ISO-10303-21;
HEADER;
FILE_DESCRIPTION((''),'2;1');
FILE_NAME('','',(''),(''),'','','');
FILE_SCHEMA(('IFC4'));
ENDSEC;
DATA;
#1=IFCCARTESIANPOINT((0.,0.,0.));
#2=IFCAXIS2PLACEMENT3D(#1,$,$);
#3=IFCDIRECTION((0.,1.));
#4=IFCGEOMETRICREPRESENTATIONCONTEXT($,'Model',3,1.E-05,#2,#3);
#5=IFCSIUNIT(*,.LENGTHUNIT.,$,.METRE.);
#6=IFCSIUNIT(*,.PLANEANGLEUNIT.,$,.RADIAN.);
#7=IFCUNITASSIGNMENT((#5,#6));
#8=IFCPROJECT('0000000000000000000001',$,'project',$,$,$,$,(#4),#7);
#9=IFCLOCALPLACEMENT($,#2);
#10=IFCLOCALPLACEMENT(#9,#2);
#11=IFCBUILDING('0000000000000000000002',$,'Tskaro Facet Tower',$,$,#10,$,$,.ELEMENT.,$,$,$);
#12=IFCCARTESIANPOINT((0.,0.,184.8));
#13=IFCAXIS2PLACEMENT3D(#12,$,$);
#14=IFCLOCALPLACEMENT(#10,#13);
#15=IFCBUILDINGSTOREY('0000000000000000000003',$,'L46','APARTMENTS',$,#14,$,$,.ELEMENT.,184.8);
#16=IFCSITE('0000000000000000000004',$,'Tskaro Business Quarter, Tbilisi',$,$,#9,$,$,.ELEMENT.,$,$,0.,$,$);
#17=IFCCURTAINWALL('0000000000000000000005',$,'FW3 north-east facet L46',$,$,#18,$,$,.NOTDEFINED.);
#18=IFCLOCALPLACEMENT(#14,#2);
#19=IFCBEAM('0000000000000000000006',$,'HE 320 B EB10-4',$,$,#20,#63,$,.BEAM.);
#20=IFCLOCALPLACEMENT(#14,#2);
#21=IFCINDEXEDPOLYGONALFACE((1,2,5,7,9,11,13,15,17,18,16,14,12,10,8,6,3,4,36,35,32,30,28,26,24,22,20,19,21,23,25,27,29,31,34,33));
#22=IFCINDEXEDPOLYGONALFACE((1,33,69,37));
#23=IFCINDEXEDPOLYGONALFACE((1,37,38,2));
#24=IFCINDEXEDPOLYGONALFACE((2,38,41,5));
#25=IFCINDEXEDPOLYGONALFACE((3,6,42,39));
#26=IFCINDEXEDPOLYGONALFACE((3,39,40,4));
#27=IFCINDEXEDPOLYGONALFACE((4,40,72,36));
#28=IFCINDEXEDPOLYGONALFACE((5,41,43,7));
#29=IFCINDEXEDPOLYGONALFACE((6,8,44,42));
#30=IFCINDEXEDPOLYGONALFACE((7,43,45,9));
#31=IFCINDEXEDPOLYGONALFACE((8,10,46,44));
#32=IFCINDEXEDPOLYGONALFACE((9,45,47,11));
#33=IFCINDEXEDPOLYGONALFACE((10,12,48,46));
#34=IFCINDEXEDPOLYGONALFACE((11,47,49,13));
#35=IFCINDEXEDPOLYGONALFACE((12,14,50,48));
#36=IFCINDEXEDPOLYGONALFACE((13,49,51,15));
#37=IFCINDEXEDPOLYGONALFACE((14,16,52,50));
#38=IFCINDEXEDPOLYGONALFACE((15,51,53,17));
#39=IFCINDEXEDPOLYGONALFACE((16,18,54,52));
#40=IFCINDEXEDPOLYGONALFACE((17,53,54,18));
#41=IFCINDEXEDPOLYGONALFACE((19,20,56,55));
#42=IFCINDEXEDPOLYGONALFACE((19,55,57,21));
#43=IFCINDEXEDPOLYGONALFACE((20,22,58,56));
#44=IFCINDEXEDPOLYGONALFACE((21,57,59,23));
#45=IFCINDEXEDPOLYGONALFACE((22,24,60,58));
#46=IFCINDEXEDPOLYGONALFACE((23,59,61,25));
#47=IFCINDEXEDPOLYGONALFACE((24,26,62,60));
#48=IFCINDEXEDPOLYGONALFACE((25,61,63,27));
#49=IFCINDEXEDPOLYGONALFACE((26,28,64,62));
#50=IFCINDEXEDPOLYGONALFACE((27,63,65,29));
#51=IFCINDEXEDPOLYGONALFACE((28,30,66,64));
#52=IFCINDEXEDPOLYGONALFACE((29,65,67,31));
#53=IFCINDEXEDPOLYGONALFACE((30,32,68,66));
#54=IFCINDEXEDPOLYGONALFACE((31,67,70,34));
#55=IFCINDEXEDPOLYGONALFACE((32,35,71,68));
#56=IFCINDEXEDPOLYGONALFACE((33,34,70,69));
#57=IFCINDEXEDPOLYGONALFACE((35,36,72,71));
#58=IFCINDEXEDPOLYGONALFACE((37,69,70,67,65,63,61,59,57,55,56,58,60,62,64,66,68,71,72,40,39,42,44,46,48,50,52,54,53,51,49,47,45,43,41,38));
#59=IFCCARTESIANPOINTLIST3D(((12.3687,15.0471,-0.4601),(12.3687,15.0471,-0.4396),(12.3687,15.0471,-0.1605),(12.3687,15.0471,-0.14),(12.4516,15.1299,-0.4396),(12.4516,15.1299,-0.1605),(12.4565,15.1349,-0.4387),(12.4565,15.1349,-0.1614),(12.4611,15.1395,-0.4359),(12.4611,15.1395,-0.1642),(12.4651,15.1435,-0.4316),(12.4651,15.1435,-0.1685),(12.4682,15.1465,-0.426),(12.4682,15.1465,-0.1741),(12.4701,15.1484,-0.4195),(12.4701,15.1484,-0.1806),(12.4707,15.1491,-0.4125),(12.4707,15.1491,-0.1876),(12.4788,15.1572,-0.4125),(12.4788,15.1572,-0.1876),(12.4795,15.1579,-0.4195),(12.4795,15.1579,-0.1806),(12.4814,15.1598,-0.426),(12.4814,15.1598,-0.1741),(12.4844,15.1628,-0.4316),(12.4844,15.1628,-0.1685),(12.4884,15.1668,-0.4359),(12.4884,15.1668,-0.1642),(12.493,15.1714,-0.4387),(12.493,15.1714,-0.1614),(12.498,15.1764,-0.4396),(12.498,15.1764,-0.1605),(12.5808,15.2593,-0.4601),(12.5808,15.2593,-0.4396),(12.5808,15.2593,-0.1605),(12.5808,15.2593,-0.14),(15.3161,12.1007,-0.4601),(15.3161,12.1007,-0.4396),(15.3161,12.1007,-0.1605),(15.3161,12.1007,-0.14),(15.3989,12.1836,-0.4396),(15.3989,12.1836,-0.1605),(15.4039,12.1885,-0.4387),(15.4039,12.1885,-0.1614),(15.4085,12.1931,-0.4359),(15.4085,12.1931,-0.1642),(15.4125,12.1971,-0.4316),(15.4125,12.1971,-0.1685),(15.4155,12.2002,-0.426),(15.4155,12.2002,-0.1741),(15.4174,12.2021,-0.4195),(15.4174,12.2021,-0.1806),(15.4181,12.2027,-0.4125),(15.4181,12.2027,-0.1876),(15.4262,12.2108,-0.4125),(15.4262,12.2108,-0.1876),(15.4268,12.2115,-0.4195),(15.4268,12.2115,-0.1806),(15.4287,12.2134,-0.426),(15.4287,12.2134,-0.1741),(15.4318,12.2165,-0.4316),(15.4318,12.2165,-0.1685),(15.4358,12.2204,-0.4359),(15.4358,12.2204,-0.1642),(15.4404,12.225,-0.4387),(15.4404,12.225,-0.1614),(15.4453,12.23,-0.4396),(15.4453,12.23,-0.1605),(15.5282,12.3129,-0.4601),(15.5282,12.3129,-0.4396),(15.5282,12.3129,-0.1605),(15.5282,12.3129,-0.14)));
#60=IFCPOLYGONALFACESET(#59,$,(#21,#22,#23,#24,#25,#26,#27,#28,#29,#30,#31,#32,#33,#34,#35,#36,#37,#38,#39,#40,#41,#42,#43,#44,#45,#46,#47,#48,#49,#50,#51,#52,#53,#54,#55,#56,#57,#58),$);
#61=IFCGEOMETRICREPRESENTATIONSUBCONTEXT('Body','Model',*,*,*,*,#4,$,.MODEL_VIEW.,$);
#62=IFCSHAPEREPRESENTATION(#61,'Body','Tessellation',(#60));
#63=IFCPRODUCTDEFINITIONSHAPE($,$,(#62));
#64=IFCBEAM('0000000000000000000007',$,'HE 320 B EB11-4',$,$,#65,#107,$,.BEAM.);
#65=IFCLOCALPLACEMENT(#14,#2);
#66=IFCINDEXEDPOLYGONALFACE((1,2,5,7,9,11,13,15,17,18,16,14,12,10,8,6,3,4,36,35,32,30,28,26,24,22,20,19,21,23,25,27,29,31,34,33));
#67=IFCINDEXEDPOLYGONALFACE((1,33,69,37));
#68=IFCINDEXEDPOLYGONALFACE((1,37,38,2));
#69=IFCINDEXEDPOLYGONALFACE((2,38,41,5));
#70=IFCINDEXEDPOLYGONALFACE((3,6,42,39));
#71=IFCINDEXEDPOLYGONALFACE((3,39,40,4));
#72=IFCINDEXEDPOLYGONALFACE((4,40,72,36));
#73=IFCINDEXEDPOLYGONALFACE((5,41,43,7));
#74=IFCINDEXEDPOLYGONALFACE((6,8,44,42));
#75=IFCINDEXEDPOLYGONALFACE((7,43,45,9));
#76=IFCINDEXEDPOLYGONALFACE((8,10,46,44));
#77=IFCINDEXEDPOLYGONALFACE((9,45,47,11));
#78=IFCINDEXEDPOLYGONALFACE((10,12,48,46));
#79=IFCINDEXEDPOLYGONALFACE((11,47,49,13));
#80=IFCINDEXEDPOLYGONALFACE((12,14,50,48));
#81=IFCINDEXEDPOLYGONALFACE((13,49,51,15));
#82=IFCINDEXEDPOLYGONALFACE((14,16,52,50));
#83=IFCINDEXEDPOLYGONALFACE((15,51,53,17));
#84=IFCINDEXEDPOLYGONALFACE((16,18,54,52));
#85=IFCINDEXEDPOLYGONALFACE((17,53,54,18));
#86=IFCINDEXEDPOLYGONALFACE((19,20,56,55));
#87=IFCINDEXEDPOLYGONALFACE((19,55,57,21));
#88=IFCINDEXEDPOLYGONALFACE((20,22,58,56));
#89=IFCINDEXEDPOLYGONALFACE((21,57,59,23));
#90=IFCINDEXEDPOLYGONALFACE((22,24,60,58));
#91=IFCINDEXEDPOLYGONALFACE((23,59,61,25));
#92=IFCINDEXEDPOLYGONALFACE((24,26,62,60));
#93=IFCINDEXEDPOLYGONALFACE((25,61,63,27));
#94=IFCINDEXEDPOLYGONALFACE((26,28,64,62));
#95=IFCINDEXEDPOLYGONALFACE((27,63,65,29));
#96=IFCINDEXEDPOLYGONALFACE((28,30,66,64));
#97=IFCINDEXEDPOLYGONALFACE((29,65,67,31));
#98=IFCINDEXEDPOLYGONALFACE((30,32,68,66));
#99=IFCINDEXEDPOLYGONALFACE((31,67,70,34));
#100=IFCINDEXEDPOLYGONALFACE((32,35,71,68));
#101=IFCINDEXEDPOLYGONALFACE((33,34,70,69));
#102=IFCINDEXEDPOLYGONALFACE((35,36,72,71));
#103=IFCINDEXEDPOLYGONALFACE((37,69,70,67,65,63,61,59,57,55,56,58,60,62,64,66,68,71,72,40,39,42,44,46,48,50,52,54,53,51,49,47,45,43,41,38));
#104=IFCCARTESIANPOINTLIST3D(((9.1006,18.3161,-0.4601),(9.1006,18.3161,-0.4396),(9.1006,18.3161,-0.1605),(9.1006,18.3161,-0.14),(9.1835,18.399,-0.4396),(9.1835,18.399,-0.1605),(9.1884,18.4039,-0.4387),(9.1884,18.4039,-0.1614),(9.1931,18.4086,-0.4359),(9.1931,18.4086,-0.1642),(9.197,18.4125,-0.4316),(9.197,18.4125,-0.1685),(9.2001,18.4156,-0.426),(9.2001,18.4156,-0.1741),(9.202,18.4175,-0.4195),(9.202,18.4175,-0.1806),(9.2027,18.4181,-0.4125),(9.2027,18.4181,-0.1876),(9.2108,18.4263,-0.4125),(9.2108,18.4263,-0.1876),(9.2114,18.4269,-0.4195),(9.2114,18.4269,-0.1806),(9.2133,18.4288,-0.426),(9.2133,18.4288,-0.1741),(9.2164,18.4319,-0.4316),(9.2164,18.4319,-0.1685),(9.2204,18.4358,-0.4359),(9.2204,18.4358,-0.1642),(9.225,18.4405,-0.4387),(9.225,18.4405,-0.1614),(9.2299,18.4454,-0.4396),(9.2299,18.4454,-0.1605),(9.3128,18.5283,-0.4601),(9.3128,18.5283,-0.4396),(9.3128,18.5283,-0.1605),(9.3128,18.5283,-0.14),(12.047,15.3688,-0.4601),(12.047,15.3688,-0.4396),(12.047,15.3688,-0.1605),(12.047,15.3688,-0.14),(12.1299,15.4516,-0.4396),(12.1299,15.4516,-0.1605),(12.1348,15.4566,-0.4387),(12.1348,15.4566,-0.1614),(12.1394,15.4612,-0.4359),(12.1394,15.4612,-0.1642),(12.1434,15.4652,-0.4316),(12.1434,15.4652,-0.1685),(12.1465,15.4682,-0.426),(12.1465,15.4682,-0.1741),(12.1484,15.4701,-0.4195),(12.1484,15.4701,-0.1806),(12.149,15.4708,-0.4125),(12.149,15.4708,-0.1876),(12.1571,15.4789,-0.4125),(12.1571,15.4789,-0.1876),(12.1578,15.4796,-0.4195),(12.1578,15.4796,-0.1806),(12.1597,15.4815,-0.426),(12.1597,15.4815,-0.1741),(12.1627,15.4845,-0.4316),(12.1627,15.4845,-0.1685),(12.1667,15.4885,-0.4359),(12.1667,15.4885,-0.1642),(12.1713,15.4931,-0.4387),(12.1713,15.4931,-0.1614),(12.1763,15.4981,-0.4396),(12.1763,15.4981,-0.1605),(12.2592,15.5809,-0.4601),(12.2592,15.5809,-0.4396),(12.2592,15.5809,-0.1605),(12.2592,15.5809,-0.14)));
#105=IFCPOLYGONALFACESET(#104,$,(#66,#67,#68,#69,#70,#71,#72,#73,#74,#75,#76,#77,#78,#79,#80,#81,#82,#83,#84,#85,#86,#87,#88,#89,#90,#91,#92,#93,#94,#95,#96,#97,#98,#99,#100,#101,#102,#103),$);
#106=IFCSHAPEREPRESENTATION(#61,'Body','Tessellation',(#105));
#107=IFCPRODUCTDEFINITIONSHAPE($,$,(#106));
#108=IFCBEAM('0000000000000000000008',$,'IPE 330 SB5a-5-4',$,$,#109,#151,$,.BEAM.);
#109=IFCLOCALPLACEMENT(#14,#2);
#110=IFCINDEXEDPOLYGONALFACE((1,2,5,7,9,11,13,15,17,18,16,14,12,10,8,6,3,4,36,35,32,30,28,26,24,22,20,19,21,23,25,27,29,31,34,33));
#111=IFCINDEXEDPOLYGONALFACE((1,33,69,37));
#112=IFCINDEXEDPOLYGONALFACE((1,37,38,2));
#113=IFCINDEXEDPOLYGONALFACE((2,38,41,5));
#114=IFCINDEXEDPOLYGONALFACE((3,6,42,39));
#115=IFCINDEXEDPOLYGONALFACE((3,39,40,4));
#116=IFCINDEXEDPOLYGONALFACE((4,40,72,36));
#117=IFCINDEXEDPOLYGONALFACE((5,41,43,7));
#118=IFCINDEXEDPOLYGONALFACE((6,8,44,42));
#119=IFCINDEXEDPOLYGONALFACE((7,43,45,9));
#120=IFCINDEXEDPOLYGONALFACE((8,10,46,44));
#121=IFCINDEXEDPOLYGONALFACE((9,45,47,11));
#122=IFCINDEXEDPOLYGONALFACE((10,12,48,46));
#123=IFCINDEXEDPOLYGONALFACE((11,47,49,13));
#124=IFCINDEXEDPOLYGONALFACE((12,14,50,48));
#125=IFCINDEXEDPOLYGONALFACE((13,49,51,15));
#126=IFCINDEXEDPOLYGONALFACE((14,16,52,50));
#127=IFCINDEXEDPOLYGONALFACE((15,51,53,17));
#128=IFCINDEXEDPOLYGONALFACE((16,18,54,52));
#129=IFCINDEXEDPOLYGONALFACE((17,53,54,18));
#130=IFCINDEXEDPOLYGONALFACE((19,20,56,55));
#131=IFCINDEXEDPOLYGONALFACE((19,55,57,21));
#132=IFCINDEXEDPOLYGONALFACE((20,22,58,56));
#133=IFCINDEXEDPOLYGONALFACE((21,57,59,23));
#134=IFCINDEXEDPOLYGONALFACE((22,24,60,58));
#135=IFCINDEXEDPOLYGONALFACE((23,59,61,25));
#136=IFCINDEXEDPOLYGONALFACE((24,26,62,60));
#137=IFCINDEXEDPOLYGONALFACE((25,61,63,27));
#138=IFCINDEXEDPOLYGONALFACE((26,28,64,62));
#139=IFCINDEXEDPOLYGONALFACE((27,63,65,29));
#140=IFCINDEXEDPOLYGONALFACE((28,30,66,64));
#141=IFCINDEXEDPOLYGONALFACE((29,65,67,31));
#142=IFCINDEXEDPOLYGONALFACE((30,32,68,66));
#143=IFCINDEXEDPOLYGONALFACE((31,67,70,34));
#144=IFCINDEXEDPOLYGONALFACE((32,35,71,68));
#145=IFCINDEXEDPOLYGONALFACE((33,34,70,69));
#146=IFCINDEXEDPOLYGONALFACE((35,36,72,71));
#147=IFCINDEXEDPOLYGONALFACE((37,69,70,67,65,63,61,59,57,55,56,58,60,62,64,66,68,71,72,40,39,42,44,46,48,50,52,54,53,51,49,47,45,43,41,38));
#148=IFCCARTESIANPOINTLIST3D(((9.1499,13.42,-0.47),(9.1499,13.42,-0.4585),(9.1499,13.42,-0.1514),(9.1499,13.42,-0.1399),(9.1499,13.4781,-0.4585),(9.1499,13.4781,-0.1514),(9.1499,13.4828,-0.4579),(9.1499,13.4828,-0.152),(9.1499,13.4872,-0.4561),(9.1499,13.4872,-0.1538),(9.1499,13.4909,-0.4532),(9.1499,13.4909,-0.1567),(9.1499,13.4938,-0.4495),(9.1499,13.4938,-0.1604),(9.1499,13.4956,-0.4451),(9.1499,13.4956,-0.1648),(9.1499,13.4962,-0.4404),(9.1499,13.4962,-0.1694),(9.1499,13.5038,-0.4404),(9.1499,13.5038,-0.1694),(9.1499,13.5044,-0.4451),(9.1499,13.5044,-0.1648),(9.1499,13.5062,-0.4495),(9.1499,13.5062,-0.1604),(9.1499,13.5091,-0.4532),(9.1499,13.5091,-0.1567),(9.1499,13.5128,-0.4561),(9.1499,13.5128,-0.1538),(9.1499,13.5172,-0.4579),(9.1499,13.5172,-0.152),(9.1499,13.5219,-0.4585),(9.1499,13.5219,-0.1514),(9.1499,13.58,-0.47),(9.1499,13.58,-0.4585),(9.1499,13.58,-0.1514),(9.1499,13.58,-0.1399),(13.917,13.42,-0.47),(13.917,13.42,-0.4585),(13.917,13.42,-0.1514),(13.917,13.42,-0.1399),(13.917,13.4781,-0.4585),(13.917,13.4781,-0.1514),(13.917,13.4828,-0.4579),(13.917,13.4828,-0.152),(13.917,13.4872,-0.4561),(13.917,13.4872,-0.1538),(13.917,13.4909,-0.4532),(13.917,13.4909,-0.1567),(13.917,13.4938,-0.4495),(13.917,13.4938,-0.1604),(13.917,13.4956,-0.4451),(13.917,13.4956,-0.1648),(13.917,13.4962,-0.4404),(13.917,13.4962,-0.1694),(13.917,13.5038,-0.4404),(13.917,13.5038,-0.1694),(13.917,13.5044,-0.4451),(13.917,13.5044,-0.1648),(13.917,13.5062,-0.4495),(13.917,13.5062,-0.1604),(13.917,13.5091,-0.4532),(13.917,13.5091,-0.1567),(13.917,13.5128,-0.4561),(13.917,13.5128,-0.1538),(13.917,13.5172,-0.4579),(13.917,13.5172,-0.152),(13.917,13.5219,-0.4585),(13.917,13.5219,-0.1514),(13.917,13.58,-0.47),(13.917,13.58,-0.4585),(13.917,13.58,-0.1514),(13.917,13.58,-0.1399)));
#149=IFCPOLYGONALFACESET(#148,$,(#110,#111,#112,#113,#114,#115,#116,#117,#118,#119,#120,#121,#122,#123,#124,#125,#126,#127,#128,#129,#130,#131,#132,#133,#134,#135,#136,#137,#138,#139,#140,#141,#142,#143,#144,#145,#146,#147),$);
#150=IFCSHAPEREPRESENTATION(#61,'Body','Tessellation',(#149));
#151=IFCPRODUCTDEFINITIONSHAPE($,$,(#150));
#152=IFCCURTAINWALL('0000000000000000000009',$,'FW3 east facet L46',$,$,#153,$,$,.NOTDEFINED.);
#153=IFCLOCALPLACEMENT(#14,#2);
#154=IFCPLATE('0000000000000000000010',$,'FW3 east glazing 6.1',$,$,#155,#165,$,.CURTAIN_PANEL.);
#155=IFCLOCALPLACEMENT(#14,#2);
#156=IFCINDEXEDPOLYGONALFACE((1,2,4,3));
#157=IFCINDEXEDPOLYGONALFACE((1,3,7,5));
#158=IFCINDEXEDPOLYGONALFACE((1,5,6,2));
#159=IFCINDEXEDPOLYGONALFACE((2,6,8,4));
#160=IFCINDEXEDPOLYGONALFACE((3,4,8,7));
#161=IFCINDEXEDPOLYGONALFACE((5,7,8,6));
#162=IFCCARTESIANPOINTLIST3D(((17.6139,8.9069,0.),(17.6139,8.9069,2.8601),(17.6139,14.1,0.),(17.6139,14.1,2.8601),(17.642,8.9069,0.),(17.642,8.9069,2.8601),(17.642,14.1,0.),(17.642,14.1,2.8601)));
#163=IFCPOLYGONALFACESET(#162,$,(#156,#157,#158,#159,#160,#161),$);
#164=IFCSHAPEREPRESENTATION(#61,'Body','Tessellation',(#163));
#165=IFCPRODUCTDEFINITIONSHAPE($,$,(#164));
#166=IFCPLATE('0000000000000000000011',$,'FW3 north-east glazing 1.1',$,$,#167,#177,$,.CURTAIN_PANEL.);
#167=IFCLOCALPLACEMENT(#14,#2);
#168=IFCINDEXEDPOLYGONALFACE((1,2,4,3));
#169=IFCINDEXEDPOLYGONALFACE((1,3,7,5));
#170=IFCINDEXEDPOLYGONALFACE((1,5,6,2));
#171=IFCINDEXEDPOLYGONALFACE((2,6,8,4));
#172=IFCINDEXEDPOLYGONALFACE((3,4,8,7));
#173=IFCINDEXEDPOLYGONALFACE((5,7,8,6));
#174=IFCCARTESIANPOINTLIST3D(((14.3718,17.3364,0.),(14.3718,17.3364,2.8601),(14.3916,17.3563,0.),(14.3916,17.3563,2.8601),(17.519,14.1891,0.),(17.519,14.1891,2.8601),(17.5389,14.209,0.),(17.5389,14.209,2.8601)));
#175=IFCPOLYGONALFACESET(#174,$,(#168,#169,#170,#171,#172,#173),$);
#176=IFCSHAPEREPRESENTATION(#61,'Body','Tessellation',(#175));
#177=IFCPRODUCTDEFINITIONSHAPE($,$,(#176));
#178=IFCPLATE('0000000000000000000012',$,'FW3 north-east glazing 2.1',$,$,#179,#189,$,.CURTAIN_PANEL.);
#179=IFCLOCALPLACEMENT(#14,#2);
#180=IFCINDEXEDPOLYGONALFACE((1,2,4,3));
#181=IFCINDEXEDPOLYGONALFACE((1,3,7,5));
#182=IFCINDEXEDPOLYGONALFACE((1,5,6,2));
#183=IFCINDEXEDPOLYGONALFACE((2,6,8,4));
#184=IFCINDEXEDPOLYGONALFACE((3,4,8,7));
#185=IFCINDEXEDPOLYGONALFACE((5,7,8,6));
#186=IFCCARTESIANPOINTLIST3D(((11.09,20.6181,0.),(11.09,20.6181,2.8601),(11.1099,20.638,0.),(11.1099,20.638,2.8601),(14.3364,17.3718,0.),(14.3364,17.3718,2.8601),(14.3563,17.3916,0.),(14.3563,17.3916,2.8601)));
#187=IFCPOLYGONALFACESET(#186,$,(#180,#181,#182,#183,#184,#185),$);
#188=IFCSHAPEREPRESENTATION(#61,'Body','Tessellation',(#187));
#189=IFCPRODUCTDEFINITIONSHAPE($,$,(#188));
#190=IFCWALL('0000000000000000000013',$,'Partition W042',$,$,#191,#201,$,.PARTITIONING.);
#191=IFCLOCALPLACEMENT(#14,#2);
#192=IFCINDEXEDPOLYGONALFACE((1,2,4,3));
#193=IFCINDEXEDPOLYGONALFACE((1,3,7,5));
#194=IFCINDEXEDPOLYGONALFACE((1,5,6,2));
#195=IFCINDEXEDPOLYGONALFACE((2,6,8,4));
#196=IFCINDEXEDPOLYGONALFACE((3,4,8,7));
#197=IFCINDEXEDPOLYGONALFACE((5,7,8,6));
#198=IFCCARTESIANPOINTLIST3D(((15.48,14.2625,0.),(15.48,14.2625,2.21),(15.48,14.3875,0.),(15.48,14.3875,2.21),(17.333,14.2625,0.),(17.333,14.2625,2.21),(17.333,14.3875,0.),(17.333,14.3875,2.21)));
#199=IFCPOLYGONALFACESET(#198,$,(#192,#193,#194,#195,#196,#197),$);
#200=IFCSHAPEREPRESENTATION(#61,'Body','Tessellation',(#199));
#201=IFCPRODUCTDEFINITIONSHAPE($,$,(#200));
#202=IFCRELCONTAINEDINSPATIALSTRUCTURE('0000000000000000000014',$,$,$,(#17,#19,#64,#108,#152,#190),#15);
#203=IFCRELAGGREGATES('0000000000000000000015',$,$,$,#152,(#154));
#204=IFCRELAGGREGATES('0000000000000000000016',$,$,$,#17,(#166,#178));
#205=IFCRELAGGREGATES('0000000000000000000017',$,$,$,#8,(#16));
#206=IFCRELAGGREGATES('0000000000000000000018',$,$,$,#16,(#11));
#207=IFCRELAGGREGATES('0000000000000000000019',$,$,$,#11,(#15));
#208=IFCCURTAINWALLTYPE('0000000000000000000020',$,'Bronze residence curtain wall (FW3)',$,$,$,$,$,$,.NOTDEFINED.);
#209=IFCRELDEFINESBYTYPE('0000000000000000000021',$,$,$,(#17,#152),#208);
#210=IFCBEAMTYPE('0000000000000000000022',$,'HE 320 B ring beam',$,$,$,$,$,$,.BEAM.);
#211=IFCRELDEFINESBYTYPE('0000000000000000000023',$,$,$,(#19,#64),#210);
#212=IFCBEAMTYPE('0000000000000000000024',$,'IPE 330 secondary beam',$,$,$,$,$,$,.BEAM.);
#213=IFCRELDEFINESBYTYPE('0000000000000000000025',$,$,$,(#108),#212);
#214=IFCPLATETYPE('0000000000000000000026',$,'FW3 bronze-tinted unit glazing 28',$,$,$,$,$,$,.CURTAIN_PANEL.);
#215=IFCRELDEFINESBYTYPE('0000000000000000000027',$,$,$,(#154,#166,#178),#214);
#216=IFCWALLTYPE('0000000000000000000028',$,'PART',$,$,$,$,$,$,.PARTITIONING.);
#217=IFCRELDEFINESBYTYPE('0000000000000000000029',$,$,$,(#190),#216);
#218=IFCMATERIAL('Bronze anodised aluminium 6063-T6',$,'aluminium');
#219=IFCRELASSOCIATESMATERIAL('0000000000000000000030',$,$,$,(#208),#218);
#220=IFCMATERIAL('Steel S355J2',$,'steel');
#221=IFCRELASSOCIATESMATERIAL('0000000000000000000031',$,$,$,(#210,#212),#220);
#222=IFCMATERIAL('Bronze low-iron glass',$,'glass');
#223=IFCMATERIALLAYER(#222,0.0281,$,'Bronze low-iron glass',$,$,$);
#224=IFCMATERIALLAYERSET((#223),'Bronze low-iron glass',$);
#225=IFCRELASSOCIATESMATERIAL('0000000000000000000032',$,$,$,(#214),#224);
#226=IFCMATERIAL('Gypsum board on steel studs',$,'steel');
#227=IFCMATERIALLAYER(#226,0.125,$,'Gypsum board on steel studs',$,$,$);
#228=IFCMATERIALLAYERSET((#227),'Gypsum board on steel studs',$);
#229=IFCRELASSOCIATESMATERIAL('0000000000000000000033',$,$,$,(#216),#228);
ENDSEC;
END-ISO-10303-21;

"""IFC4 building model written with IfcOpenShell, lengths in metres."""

from ifc_helpers import new_model, si_unit, direction, frame, frame_2d, origin, origin_2d, place, context, subcontext, project, spatial, rectangle, i_section, extrude, material, layer, layer_set, material_profile, profile_set, type_object, element, aggregate, save


model = new_model("IFC4")

# Units and contexts
model_context = context("Model", 3, precision=1e-05, world=origin(), true_north=direction((0.0, 1.0)))
body_context = subcontext(model_context, "Body", "Model", "MODEL_VIEW")
ifc_project = project(units=[si_unit("LENGTHUNIT", "METRE"), si_unit("PLANEANGLEUNIT", "RADIAN")], contexts=[model_context])

# Site, building, storey
site_placement = place(None, origin())
site = spatial("IfcSite", under=ifc_project, at=site_placement, Name="Tskaro Business Quarter, Tbilisi", CompositionType="ELEMENT", RefElevation=0.0)
building_placement = place(site_placement, origin())
building = spatial("IfcBuilding", under=site, at=building_placement, Name="Tskaro Facet Tower", CompositionType="ELEMENT")
storey_placement = place(building_placement, frame((0.0, 0.0, 184.8)))
storey = spatial("IfcBuildingStorey", under=building, at=storey_placement, Name="L46", Description="APARTMENTS", CompositionType="ELEMENT", Elevation=184.8)

# Curtain wall
ifc_material_1 = material(Name="Bronze anodised aluminium 6063-T6", Category="aluminium")
curtain_wall_type = type_object("IfcCurtainWallType", Name="Bronze residence curtain wall (FW3)", PredefinedType="NOTDEFINED", material=ifc_material_1)
curtain_wall_1_placement = place(storey_placement, origin())
curtain_wall_1 = element("IfcCurtainWall", 1, at=curtain_wall_1_placement, inside=storey, type_object=curtain_wall_type, Name="FW3 north-east facet L46", PredefinedType="NOTDEFINED")

# Beams
ifc_material_2 = material(Name="Steel S355J2", Category="steel")
ifc_material_profile_1 = material_profile(ifc_material_2, i_section(OverallWidth=0.3, OverallDepth=0.3201, WebThickness=0.0115, FlangeThickness=0.0205, FilletRadius=0.0271, at=origin_2d()), Name="HE 320 B")
ifc_profile_set_1 = profile_set([ifc_material_profile_1], Name="Steel S355J2")
beam_type_1 = type_object("IfcBeamType", Name="HE 320 B ring beam", PredefinedType="BEAM", material=ifc_profile_set_1)
for number, where, z_axis, x_axis, name in (
    (2, (15.4221, 12.2068, -0.3), (-0.707224, 0.70699, 0.0), (-0.70699, -0.707224, 0.0), "HE 320 B EB10-4"),
    (3, (12.1531, 15.4749, -0.3), (-0.70699, 0.707224, 0.0), (-0.707224, -0.70699, 0.0), "HE 320 B EB11-4"),
):
    element("IfcBeam", number, at=place(storey_placement, frame(where, z_axis=z_axis, x_axis=x_axis)), inside=storey, type_object=beam_type_1, Name=name, PredefinedType="BEAM", context=body_context, shape_type="SweptSolid", body=[
        extrude(i_section(OverallWidth=0.3, OverallDepth=0.3201, WebThickness=0.0115, FlangeThickness=0.0205, FilletRadius=0.0271, at=origin_2d()), origin(), (0.0, 0.0, 1.0), 4.1675),
    ])
ifc_material_profile_2 = material_profile(ifc_material_2, i_section(OverallWidth=0.1599, OverallDepth=0.3301, WebThickness=0.0076, FlangeThickness=0.0115, FilletRadius=0.0181, at=origin_2d()), Name="IPE 330")
ifc_profile_set_2 = profile_set([ifc_material_profile_2], Name="Steel S355J2")
beam_type_2 = type_object("IfcBeamType", Name="IPE 330 secondary beam", PredefinedType="BEAM", material=ifc_profile_set_2)
beam_placement = place(storey_placement, frame((9.1499, 13.5, -0.3049), z_axis=(1.0, 0.0, 0.0), x_axis=(0.0, 1.0, 0.0)))
element("IfcBeam", 4, at=beam_placement, inside=storey, type_object=beam_type_2, Name="IPE 330 SB5a-5-4", PredefinedType="BEAM", context=body_context, shape_type="SweptSolid", body=[
    extrude(i_section(OverallWidth=0.1599, OverallDepth=0.3301, WebThickness=0.0076, FlangeThickness=0.0115, FilletRadius=0.0181, at=origin_2d()), origin(), (0.0, 0.0, 1.0), 4.7671),
])

# Curtain wall, plate
curtain_wall_2_placement = place(storey_placement, origin())
curtain_wall_2 = element("IfcCurtainWall", 5, at=curtain_wall_2_placement, inside=storey, type_object=curtain_wall_type, Name="FW3 east facet L46", PredefinedType="NOTDEFINED")
ifc_material_3 = material(Name="Bronze low-iron glass", Category="glass")
ifc_layer_1 = layer(ifc_material_3, 0.0281, Name="Bronze low-iron glass")
ifc_layer_set_1 = layer_set([ifc_layer_1], Name="Bronze low-iron glass")
plate_type = type_object("IfcPlateType", Name="FW3 bronze-tinted unit glazing 28", PredefinedType="CURTAIN_PANEL", material=ifc_layer_set_1)
plate_1_placement = place(storey_placement, frame((17.6279, 11.5034, 0.0), z_axis=(0.0, 0.0, 1.0), x_axis=(0.0, 1.0, 0.0)))
plate_1 = element("IfcPlate", 6, at=plate_1_placement, type_object=plate_type, Name="FW3 east glazing 6.1", PredefinedType="CURTAIN_PANEL", context=body_context, shape_type="SweptSolid", body=[
    extrude(rectangle(XDim=5.1931, YDim=0.0281, at=origin_2d()), origin(), (0.0, 0.0, 1.0), 2.8601),
])
aggregate(curtain_wall_2, [plate_1])

# Plates
plate_2_placement = place(storey_placement, frame((15.9553, 15.7727, 0.0), z_axis=(0.0, 0.0, 1.0), x_axis=(-0.707107, 0.707107, 0.0)))
plate_2 = element("IfcPlate", 7, at=plate_2_placement, type_object=plate_type, Name="FW3 north-east glazing 1.1", PredefinedType="CURTAIN_PANEL", context=body_context, shape_type="SweptSolid", body=[
    extrude(rectangle(XDim=4.4509, YDim=0.0281, at=origin_2d()), origin(), (0.0, 0.0, 1.0), 2.8601),
])
plate_3_placement = place(storey_placement, frame((12.7231, 19.0049, 0.0), z_axis=(0.0, 0.0, 1.0), x_axis=(-0.707107, 0.707107, 0.0)))
plate_3 = element("IfcPlate", 8, at=plate_3_placement, type_object=plate_type, Name="FW3 north-east glazing 2.1", PredefinedType="CURTAIN_PANEL", context=body_context, shape_type="SweptSolid", body=[
    extrude(rectangle(XDim=4.5911, YDim=0.0281, at=origin_2d()), origin(), (0.0, 0.0, 1.0), 2.8601),
])
aggregate(curtain_wall_1, [plate_2, plate_3])

# Wall
ifc_material_4 = material(Name="Gypsum board on steel studs", Category="steel")
ifc_layer_2 = layer(ifc_material_4, 0.125, Name="Gypsum board on steel studs")
ifc_layer_set_2 = layer_set([ifc_layer_2], Name="Gypsum board on steel studs")
wall_type_1 = type_object("IfcWallType", Name="PART", PredefinedType="PARTITIONING", material=ifc_layer_set_2)
wall_1_placement = place(storey_placement, frame((15.48, 14.325, 0.0), z_axis=(0.0, 0.0, 1.0), x_axis=(1.0, 0.0, 0.0)))
element("IfcWall", 9, at=wall_1_placement, inside=storey, type_object=wall_type_1, Name="Partition W042", PredefinedType="PARTITIONING", context=body_context, shape_type="SweptSolid", body=[
    extrude(rectangle(XDim=1.853, YDim=0.125, at=frame_2d((0.9265, 0.0))), origin(), (0.0, 0.0, 1.0), 2.21),
])

save(model, "model.ifc")
